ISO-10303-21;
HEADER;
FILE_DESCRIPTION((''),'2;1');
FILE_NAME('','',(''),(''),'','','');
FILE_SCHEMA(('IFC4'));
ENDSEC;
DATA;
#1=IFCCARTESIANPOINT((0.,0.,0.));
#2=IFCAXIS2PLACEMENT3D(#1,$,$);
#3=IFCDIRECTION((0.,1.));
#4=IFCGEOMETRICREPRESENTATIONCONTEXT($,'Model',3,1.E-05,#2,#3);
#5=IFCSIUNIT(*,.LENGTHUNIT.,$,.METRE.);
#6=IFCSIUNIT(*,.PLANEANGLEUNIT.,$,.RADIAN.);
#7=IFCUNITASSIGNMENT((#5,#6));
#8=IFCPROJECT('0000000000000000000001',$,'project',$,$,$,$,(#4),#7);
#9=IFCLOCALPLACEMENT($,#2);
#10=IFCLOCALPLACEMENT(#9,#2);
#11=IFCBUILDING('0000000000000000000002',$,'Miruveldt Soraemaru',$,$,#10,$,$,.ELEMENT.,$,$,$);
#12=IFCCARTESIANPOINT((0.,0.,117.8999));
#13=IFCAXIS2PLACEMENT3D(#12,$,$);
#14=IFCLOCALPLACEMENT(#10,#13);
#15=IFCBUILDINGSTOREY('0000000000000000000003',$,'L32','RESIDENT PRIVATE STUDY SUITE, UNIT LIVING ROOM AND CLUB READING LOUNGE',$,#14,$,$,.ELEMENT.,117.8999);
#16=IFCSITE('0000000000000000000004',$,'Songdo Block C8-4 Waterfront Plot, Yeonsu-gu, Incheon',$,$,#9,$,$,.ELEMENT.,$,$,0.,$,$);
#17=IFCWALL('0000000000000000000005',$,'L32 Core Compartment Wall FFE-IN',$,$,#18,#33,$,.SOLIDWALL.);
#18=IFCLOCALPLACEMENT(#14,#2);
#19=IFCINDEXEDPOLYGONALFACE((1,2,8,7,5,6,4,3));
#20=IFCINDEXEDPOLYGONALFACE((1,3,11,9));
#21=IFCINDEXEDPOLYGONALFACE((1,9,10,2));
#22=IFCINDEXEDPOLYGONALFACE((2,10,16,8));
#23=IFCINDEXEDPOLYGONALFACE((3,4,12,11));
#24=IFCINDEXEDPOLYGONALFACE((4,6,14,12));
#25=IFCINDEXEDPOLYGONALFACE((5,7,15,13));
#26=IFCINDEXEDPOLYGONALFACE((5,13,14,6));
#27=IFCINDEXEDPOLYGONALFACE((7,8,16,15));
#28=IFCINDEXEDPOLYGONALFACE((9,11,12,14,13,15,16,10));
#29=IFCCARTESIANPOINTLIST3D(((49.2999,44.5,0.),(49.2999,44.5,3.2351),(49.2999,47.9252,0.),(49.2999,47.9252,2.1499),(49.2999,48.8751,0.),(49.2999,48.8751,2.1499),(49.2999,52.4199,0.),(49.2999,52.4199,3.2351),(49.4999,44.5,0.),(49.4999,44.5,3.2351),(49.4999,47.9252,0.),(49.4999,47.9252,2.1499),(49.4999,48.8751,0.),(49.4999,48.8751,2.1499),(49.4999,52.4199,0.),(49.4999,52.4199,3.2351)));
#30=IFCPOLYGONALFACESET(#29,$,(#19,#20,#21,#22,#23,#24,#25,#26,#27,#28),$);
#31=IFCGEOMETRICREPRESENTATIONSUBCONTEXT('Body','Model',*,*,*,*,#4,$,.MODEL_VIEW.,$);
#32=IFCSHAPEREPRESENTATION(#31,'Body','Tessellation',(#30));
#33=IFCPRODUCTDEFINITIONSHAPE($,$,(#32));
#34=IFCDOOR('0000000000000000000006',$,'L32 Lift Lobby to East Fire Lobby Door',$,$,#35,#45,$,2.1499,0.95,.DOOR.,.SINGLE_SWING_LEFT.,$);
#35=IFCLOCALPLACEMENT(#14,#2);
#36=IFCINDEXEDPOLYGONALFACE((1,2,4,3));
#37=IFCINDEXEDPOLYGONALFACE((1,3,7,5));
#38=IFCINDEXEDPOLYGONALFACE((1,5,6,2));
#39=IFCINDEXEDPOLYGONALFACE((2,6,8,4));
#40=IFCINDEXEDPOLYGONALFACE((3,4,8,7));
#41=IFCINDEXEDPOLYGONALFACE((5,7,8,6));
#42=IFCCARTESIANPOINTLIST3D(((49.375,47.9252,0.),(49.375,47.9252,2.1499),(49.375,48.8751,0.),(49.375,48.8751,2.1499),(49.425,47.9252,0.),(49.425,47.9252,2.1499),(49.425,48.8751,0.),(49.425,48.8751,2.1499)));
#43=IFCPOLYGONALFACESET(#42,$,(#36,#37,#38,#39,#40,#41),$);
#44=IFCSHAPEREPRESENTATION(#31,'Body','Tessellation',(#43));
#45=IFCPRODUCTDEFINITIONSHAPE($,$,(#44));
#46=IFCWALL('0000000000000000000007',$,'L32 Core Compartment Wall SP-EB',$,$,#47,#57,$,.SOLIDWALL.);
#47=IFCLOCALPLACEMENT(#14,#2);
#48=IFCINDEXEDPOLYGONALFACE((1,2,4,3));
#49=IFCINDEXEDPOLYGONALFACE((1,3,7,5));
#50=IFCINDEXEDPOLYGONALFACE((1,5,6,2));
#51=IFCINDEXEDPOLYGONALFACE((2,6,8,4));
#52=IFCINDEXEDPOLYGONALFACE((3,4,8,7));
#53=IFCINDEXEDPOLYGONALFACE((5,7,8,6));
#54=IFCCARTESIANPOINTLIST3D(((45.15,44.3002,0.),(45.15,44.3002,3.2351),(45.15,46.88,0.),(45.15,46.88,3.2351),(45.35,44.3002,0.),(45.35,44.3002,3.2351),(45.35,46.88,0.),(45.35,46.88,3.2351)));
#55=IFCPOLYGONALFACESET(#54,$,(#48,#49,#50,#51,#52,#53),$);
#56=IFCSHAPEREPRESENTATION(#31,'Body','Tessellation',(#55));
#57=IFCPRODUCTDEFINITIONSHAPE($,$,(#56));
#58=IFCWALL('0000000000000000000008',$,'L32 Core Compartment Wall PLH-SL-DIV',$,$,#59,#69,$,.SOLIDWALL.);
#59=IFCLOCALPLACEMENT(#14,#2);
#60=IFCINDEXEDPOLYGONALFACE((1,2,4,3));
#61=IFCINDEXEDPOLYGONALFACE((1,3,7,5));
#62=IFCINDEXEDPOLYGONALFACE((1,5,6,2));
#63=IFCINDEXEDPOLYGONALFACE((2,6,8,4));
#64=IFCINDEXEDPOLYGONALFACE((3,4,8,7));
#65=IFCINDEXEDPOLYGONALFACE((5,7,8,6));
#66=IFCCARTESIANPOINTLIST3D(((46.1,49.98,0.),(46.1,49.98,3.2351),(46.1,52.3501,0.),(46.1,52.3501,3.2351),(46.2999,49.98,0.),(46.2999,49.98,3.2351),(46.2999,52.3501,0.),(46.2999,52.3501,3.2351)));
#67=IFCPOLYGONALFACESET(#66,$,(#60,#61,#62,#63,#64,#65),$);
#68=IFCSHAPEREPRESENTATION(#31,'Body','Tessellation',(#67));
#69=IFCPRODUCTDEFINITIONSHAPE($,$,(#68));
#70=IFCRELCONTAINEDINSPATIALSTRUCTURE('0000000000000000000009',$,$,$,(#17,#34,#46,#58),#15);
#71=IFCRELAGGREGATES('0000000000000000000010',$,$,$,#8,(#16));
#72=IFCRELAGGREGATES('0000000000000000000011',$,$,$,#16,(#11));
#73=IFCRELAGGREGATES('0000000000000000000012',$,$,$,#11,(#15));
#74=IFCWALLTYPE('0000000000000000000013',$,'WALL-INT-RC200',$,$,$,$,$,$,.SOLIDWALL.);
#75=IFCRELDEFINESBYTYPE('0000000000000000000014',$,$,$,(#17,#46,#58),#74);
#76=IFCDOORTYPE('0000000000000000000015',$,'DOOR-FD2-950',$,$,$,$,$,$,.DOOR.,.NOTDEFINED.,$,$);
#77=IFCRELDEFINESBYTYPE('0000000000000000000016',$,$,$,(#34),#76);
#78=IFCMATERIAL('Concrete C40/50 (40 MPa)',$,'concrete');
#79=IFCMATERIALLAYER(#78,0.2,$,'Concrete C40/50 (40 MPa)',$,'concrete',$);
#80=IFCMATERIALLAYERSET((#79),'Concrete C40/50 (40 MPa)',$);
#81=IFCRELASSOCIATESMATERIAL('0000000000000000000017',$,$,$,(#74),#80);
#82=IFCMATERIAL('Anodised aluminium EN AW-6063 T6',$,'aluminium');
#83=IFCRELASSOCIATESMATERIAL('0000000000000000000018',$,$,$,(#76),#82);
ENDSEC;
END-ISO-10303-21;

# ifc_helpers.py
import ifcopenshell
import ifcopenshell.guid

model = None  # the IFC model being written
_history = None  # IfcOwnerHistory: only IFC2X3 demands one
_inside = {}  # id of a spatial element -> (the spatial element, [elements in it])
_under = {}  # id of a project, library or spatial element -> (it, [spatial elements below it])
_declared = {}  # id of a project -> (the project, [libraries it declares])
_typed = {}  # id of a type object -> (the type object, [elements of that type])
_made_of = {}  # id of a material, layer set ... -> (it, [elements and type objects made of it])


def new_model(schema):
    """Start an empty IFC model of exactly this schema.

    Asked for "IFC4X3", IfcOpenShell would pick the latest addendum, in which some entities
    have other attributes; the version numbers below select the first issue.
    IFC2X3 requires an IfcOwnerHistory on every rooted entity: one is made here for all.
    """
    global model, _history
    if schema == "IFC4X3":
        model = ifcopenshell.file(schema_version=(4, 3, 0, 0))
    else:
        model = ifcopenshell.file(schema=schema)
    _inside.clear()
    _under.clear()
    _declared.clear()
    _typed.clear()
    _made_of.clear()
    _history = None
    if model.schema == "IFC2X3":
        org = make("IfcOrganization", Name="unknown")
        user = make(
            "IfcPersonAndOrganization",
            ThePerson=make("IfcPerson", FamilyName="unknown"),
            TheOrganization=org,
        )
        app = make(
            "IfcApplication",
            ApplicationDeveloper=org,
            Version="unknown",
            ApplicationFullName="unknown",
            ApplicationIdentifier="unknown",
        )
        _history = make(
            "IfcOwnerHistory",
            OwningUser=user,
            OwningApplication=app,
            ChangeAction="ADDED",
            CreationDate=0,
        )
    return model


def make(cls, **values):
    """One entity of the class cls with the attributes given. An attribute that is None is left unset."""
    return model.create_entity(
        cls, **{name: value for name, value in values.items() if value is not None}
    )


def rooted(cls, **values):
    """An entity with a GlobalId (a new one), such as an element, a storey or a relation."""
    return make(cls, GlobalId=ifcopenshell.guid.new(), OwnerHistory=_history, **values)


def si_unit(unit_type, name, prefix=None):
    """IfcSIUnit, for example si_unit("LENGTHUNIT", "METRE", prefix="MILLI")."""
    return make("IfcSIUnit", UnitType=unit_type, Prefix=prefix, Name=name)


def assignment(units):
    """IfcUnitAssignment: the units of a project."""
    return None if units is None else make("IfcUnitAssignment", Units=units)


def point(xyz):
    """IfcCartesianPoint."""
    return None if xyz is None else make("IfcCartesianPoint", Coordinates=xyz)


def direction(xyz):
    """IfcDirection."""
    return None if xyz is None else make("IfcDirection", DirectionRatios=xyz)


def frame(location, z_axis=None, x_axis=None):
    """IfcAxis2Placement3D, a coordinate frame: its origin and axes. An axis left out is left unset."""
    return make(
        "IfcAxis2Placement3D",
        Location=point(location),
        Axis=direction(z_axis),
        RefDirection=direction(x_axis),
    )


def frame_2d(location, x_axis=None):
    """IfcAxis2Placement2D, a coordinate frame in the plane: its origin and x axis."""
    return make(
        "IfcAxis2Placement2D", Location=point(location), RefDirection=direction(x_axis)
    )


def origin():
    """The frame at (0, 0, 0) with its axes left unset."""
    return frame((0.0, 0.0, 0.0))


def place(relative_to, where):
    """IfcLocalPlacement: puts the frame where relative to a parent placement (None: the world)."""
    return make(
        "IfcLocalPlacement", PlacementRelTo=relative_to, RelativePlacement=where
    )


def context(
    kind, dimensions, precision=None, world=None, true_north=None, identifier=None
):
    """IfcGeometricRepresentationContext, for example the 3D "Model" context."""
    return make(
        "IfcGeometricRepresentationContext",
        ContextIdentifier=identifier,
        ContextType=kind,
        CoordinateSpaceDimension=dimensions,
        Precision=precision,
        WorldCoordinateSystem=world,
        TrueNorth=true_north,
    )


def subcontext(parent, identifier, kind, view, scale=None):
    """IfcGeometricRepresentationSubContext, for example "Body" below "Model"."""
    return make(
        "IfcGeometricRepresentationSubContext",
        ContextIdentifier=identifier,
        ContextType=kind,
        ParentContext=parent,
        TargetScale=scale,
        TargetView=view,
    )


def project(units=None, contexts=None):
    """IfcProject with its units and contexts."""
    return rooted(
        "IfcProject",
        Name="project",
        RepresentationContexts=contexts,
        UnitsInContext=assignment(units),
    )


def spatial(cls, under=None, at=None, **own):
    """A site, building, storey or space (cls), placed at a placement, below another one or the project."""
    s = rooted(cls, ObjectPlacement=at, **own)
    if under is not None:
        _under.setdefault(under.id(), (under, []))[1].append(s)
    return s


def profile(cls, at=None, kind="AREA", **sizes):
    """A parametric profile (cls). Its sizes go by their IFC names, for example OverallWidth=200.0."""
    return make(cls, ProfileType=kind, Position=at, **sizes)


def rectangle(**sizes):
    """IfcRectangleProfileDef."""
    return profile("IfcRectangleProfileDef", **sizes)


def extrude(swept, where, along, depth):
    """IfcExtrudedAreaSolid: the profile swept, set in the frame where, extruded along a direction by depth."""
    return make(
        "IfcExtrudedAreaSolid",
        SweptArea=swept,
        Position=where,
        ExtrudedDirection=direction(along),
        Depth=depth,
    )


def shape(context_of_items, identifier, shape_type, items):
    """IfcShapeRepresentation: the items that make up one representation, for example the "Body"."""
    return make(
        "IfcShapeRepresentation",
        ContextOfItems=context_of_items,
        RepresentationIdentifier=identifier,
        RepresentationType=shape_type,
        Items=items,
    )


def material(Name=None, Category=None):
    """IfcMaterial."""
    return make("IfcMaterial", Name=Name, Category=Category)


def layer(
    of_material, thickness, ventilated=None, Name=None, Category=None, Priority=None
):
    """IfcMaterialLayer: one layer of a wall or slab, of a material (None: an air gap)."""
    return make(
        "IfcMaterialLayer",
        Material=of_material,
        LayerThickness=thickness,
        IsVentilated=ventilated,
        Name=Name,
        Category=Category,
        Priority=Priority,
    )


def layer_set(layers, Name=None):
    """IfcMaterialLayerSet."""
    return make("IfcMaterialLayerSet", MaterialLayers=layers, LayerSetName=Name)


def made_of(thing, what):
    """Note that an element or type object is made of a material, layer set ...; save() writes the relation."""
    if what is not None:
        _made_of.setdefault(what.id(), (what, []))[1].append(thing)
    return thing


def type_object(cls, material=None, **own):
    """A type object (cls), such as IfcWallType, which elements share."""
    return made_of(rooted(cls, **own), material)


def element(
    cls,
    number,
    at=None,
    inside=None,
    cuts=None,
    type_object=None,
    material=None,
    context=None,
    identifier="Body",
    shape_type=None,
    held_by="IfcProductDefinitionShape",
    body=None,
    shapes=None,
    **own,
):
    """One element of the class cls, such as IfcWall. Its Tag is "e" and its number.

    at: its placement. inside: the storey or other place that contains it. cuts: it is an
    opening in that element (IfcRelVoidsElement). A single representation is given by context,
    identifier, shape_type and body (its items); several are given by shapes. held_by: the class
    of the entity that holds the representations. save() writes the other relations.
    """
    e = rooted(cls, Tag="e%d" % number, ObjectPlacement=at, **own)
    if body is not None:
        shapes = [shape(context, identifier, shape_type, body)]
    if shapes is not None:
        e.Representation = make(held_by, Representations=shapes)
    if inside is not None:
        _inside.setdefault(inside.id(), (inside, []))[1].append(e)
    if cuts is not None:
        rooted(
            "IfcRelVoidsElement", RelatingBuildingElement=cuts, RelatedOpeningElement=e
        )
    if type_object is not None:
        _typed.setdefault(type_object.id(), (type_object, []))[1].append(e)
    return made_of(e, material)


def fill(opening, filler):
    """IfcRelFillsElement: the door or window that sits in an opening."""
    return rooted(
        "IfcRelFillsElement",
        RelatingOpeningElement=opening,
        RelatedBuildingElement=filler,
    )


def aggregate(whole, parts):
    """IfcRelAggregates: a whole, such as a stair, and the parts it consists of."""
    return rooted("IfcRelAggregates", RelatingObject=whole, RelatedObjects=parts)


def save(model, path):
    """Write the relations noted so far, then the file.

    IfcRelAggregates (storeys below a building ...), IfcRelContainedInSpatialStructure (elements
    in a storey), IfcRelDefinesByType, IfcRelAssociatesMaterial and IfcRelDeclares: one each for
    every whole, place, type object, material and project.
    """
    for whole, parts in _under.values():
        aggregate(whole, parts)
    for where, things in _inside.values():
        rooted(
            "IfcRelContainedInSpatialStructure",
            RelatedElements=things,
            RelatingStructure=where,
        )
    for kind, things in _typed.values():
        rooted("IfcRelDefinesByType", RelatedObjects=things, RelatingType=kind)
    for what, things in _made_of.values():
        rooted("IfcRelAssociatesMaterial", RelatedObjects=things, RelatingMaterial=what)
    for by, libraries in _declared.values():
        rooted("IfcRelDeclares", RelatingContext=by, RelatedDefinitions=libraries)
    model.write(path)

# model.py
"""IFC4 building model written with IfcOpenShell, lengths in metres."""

from ifc_helpers import new_model, si_unit, direction, frame, frame_2d, origin, place, context, subcontext, project, spatial, rectangle, extrude, material, layer, layer_set, type_object, element, fill, save


model = new_model("IFC4")

# Units and contexts
model_context = context("Model", 3, precision=1e-05, world=origin(), true_north=direction((0.0, 1.0)))
body_context = subcontext(model_context, "Body", "Model", "MODEL_VIEW")
ifc_project = project(units=[si_unit("LENGTHUNIT", "METRE"), si_unit("PLANEANGLEUNIT", "RADIAN")], contexts=[model_context])

# Site, building, storey
site_placement = place(None, origin())
site = spatial("IfcSite", under=ifc_project, at=site_placement, Name="Songdo Block C8-4 Waterfront Plot, Yeonsu-gu, Incheon", CompositionType="ELEMENT", RefElevation=0.0)
building_placement = place(site_placement, origin())
building = spatial("IfcBuilding", under=site, at=building_placement, Name="Miruveldt Soraemaru", CompositionType="ELEMENT")
storey_placement = place(building_placement, frame((0.0, 0.0, 117.8999)))
storey = spatial("IfcBuildingStorey", under=building, at=storey_placement, Name="L32", Description="RESIDENT PRIVATE STUDY SUITE, UNIT LIVING ROOM AND CLUB READING LOUNGE", CompositionType="ELEMENT", Elevation=117.8999)

# Shared definitions
ifc_material_1 = material(Name="Concrete C40/50 (40 MPa)", Category="concrete")

# Wall, opening, door
ifc_layer_1 = layer(ifc_material_1, 0.2, Name="Concrete C40/50 (40 MPa)", Category="concrete")
ifc_layer_set_1 = layer_set([ifc_layer_1], Name="Concrete C40/50 (40 MPa)")
wall_type_1 = type_object("IfcWallType", Name="WALL-INT-RC200", PredefinedType="SOLIDWALL", material=ifc_layer_set_1)
ifc_material_2 = material(Name="Anodised aluminium EN AW-6063 T6", Category="aluminium")
wall_1_placement = place(storey_placement, frame((49.3999, 44.5, 0.0), z_axis=(0.0, 0.0, 1.0), x_axis=(0.0, 1.0, 0.0)))
wall_1 = element("IfcWall", 1, at=wall_1_placement, inside=storey, type_object=wall_type_1, Name="L32 Core Compartment Wall FFE-IN", PredefinedType="SOLIDWALL", context=body_context, shape_type="SweptSolid", body=[
    extrude(rectangle(XDim=7.9199, YDim=0.2, at=frame_2d((3.96, 0.0))), origin(), (0.0, 0.0, 1.0), 3.2351),
])
opening_1_placement = place(wall_1_placement, frame((3.425, 0.0, 0.0)))
opening_1 = element("IfcOpeningElement", 2, at=opening_1_placement, cuts=wall_1, PredefinedType="OPENING", context=body_context, shape_type="SweptSolid", body=[
    extrude(rectangle(XDim=0.95, YDim=2.1499, at=frame_2d((0.4751, 1.075))), frame((0.0, 0.1099, 0.0), z_axis=(0.0, -1.0, 0.0), x_axis=(1.0, 0.0, 0.0)), (0.0, 0.0, 1.0), 0.22),
])
door_type_1 = type_object("IfcDoorType", Name="DOOR-FD2-950", OperationType="NOTDEFINED", PredefinedType="DOOR", material=ifc_material_2)
door_1_placement = place(opening_1_placement, origin())
door_1 = element("IfcDoor", 3, at=door_1_placement, inside=storey, type_object=door_type_1, Name="L32 Lift Lobby to East Fire Lobby Door", OperationType="SINGLE_SWING_LEFT", OverallHeight=2.1499, OverallWidth=0.95, PredefinedType="DOOR", context=body_context, shape_type="SweptSolid", body=[
    extrude(rectangle(XDim=0.95, YDim=2.1499, at=frame_2d((0.4751, 1.075))), frame((0.0, 0.0249, 0.0), z_axis=(0.0, -1.0, 0.0), x_axis=(1.0, 0.0, 0.0)), (0.0, 0.0, 1.0), 0.05),
])
fill(opening_1, door_1)

# Walls
wall_2_placement = place(storey_placement, frame((45.25, 44.3, 0.0), z_axis=(0.0, 0.0, 1.0), x_axis=(0.0, 1.0, 0.0)))
element("IfcWall", 4, at=wall_2_placement, inside=storey, type_object=wall_type_1, Name="L32 Core Compartment Wall SP-EB", PredefinedType="SOLIDWALL", context=body_context, shape_type="SweptSolid", body=[
    extrude(rectangle(XDim=2.5798, YDim=0.2, at=frame_2d((1.29, 0.0))), origin(), (0.0, 0.0, 1.0), 3.2351),
])
wall_3_placement = place(storey_placement, frame((46.2, 49.98, 0.0), z_axis=(0.0, 0.0, 1.0), x_axis=(0.0, 1.0, 0.0)))
element("IfcWall", 5, at=wall_3_placement, inside=storey, type_object=wall_type_1, Name="L32 Core Compartment Wall PLH-SL-DIV", PredefinedType="SOLIDWALL", context=body_context, shape_type="SweptSolid", body=[
    extrude(rectangle(XDim=2.3701, YDim=0.2, at=frame_2d((1.1851, 0.0))), origin(), (0.0, 0.0, 1.0), 3.2351),
])

save(model, "model.ifc")
